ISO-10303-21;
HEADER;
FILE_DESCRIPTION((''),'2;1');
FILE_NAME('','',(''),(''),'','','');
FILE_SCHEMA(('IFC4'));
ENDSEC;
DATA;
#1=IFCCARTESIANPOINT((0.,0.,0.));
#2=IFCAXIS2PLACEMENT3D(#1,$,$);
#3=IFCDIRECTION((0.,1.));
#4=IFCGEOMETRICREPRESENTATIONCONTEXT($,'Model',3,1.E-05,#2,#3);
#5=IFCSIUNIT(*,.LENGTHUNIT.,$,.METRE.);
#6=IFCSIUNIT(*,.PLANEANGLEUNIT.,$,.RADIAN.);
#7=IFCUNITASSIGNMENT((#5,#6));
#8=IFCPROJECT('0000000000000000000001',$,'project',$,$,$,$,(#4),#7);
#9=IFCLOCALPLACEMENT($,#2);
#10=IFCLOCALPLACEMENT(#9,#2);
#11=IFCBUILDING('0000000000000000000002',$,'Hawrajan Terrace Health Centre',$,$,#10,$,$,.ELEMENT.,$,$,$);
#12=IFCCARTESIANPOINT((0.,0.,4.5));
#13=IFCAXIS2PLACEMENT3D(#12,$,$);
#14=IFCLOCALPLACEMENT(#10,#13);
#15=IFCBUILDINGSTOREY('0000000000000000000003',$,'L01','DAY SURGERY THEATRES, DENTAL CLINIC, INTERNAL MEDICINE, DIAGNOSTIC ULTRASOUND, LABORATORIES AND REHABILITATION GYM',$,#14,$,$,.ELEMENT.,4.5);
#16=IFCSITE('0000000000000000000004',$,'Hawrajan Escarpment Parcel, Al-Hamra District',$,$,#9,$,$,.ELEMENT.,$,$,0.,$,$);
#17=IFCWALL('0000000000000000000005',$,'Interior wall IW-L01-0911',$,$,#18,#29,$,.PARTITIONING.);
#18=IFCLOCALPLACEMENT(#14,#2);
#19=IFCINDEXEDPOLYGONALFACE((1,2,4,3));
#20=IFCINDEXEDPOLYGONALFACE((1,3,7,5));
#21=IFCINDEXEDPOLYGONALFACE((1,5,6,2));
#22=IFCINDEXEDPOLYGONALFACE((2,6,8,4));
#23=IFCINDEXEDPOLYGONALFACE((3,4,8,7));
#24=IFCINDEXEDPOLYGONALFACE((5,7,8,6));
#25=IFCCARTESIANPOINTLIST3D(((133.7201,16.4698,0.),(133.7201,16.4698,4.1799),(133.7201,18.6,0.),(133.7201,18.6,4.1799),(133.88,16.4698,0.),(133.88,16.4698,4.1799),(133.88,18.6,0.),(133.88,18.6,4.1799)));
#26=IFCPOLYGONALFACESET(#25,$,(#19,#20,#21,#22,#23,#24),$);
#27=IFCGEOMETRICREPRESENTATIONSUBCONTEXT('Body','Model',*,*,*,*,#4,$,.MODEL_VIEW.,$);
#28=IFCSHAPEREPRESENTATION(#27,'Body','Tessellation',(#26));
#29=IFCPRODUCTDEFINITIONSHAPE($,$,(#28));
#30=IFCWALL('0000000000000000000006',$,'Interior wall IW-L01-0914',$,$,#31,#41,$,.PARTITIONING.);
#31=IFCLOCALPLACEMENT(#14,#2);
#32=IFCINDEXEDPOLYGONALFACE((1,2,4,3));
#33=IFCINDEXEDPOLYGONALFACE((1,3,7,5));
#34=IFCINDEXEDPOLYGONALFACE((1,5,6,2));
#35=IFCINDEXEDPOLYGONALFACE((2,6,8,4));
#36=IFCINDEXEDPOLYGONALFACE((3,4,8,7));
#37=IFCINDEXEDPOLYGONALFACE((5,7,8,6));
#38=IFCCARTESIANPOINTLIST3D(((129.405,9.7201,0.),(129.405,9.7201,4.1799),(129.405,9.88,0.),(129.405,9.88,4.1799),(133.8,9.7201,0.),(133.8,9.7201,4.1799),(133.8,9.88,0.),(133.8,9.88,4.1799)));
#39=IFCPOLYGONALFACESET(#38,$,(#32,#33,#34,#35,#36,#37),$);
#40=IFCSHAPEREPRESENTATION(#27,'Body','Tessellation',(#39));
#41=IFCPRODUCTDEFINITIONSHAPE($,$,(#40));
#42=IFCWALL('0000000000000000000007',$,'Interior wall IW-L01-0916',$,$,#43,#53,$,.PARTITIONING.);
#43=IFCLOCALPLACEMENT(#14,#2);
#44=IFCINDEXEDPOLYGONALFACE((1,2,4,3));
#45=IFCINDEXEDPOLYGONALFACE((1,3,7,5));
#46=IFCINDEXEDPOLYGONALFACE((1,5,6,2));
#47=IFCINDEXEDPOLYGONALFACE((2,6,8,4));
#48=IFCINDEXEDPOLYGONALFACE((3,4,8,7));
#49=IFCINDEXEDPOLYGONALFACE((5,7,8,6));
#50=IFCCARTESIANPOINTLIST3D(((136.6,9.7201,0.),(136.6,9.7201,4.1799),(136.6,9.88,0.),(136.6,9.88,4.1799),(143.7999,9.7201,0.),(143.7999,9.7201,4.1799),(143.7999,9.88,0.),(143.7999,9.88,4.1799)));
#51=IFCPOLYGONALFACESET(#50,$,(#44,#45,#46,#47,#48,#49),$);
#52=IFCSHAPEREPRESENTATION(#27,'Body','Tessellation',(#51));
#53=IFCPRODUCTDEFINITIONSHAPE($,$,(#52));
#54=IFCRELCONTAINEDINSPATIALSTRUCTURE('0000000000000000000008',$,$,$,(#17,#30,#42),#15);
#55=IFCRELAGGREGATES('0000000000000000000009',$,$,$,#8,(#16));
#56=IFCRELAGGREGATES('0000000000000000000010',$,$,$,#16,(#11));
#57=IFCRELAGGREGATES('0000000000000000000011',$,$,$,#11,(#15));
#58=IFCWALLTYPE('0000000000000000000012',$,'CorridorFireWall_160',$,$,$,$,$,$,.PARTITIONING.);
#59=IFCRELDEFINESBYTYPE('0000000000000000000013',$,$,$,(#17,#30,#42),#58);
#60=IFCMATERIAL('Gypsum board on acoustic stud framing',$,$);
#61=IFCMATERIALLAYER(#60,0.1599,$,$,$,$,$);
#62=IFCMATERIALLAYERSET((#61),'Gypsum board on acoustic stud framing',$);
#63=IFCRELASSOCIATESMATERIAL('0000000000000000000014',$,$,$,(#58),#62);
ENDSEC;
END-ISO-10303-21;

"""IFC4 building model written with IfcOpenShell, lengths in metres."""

from ifc_helpers import new_model, si_unit, direction, frame, frame_2d, origin, place, context, subcontext, project, spatial, rectangle, extrude, material, layer, layer_set, type_object, element, save


model = new_model("IFC4")

# Units and contexts
model_context = context("Model", 3, precision=1e-05, world=origin(), true_north=direction((0.0, 1.0)))
body_context = subcontext(model_context, "Body", "Model", "MODEL_VIEW")
ifc_project = project(units=[si_unit("LENGTHUNIT", "METRE"), si_unit("PLANEANGLEUNIT", "RADIAN")], contexts=[model_context])

# Site, building, storey
site_placement = place(None, origin())
site = spatial("IfcSite", under=ifc_project, at=site_placement, Name="Hawrajan Escarpment Parcel, Al-Hamra District", CompositionType="ELEMENT", RefElevation=0.0)
building_placement = place(site_placement, origin())
building = spatial("IfcBuilding", under=site, at=building_placement, Name="Hawrajan Terrace Health Centre", CompositionType="ELEMENT")
storey_placement = place(building_placement, frame((0.0, 0.0, 4.5)))
storey = spatial("IfcBuildingStorey", under=building, at=storey_placement, Name="L01", Description="DAY SURGERY THEATRES, DENTAL CLINIC, INTERNAL MEDICINE, DIAGNOSTIC ULTRASOUND, LABORATORIES AND REHABILITATION GYM", CompositionType="ELEMENT", Elevation=4.5)

# Shared definitions
ifc_material_1 = material(Name="Gypsum board on acoustic stud framing")

# Walls
ifc_layer_1 = layer(ifc_material_1, 0.1599)
ifc_layer_set_1 = layer_set([ifc_layer_1], Name="Gypsum board on acoustic stud framing")
wall_type_1 = type_object("IfcWallType", Name="CorridorFireWall_160", PredefinedType="PARTITIONING", material=ifc_layer_set_1)
wall_1_placement = place(storey_placement, frame((133.8, 16.47, 0.0), z_axis=(0.0, 0.0, 1.0), x_axis=(0.0, 1.0, 0.0)))
element("IfcWall", 1, at=wall_1_placement, inside=storey, type_object=wall_type_1, Name="Interior wall IW-L01-0911", PredefinedType="PARTITIONING", context=body_context, shape_type="SweptSolid", body=[
    extrude(rectangle(XDim=2.1301, YDim=0.1599, at=frame_2d((1.0649, 0.0))), origin(), (0.0, 0.0, 1.0), 4.1799),
])
wall_2_placement = place(storey_placement, frame((133.8, 9.8, 0.0), z_axis=(0.0, 0.0, 1.0), x_axis=(-1.0, 0.0, 0.0)))
element("IfcWall", 2, at=wall_2_placement, inside=storey, type_object=wall_type_1, Name="Interior wall IW-L01-0914", PredefinedType="PARTITIONING", context=body_context, shape_type="SweptSolid", body=[
    extrude(rectangle(XDim=4.395, YDim=0.1599, at=frame_2d((2.1975, 0.0))), origin(), (0.0, 0.0, 1.0), 4.1799),
])
wall_3_placement = place(storey_placement, frame((143.8, 9.8, 0.0), z_axis=(0.0, 0.0, 1.0), x_axis=(-1.0, 0.0, 0.0)))
element("IfcWall", 3, at=wall_3_placement, inside=storey, type_object=wall_type_1, Name="Interior wall IW-L01-0916", PredefinedType="PARTITIONING", context=body_context, shape_type="SweptSolid", body=[
    extrude(rectangle(XDim=7.2, YDim=0.1599, at=frame_2d((3.6001, 0.0))), origin(), (0.0, 0.0, 1.0), 4.1799),
])

save(model, "model.ifc")
